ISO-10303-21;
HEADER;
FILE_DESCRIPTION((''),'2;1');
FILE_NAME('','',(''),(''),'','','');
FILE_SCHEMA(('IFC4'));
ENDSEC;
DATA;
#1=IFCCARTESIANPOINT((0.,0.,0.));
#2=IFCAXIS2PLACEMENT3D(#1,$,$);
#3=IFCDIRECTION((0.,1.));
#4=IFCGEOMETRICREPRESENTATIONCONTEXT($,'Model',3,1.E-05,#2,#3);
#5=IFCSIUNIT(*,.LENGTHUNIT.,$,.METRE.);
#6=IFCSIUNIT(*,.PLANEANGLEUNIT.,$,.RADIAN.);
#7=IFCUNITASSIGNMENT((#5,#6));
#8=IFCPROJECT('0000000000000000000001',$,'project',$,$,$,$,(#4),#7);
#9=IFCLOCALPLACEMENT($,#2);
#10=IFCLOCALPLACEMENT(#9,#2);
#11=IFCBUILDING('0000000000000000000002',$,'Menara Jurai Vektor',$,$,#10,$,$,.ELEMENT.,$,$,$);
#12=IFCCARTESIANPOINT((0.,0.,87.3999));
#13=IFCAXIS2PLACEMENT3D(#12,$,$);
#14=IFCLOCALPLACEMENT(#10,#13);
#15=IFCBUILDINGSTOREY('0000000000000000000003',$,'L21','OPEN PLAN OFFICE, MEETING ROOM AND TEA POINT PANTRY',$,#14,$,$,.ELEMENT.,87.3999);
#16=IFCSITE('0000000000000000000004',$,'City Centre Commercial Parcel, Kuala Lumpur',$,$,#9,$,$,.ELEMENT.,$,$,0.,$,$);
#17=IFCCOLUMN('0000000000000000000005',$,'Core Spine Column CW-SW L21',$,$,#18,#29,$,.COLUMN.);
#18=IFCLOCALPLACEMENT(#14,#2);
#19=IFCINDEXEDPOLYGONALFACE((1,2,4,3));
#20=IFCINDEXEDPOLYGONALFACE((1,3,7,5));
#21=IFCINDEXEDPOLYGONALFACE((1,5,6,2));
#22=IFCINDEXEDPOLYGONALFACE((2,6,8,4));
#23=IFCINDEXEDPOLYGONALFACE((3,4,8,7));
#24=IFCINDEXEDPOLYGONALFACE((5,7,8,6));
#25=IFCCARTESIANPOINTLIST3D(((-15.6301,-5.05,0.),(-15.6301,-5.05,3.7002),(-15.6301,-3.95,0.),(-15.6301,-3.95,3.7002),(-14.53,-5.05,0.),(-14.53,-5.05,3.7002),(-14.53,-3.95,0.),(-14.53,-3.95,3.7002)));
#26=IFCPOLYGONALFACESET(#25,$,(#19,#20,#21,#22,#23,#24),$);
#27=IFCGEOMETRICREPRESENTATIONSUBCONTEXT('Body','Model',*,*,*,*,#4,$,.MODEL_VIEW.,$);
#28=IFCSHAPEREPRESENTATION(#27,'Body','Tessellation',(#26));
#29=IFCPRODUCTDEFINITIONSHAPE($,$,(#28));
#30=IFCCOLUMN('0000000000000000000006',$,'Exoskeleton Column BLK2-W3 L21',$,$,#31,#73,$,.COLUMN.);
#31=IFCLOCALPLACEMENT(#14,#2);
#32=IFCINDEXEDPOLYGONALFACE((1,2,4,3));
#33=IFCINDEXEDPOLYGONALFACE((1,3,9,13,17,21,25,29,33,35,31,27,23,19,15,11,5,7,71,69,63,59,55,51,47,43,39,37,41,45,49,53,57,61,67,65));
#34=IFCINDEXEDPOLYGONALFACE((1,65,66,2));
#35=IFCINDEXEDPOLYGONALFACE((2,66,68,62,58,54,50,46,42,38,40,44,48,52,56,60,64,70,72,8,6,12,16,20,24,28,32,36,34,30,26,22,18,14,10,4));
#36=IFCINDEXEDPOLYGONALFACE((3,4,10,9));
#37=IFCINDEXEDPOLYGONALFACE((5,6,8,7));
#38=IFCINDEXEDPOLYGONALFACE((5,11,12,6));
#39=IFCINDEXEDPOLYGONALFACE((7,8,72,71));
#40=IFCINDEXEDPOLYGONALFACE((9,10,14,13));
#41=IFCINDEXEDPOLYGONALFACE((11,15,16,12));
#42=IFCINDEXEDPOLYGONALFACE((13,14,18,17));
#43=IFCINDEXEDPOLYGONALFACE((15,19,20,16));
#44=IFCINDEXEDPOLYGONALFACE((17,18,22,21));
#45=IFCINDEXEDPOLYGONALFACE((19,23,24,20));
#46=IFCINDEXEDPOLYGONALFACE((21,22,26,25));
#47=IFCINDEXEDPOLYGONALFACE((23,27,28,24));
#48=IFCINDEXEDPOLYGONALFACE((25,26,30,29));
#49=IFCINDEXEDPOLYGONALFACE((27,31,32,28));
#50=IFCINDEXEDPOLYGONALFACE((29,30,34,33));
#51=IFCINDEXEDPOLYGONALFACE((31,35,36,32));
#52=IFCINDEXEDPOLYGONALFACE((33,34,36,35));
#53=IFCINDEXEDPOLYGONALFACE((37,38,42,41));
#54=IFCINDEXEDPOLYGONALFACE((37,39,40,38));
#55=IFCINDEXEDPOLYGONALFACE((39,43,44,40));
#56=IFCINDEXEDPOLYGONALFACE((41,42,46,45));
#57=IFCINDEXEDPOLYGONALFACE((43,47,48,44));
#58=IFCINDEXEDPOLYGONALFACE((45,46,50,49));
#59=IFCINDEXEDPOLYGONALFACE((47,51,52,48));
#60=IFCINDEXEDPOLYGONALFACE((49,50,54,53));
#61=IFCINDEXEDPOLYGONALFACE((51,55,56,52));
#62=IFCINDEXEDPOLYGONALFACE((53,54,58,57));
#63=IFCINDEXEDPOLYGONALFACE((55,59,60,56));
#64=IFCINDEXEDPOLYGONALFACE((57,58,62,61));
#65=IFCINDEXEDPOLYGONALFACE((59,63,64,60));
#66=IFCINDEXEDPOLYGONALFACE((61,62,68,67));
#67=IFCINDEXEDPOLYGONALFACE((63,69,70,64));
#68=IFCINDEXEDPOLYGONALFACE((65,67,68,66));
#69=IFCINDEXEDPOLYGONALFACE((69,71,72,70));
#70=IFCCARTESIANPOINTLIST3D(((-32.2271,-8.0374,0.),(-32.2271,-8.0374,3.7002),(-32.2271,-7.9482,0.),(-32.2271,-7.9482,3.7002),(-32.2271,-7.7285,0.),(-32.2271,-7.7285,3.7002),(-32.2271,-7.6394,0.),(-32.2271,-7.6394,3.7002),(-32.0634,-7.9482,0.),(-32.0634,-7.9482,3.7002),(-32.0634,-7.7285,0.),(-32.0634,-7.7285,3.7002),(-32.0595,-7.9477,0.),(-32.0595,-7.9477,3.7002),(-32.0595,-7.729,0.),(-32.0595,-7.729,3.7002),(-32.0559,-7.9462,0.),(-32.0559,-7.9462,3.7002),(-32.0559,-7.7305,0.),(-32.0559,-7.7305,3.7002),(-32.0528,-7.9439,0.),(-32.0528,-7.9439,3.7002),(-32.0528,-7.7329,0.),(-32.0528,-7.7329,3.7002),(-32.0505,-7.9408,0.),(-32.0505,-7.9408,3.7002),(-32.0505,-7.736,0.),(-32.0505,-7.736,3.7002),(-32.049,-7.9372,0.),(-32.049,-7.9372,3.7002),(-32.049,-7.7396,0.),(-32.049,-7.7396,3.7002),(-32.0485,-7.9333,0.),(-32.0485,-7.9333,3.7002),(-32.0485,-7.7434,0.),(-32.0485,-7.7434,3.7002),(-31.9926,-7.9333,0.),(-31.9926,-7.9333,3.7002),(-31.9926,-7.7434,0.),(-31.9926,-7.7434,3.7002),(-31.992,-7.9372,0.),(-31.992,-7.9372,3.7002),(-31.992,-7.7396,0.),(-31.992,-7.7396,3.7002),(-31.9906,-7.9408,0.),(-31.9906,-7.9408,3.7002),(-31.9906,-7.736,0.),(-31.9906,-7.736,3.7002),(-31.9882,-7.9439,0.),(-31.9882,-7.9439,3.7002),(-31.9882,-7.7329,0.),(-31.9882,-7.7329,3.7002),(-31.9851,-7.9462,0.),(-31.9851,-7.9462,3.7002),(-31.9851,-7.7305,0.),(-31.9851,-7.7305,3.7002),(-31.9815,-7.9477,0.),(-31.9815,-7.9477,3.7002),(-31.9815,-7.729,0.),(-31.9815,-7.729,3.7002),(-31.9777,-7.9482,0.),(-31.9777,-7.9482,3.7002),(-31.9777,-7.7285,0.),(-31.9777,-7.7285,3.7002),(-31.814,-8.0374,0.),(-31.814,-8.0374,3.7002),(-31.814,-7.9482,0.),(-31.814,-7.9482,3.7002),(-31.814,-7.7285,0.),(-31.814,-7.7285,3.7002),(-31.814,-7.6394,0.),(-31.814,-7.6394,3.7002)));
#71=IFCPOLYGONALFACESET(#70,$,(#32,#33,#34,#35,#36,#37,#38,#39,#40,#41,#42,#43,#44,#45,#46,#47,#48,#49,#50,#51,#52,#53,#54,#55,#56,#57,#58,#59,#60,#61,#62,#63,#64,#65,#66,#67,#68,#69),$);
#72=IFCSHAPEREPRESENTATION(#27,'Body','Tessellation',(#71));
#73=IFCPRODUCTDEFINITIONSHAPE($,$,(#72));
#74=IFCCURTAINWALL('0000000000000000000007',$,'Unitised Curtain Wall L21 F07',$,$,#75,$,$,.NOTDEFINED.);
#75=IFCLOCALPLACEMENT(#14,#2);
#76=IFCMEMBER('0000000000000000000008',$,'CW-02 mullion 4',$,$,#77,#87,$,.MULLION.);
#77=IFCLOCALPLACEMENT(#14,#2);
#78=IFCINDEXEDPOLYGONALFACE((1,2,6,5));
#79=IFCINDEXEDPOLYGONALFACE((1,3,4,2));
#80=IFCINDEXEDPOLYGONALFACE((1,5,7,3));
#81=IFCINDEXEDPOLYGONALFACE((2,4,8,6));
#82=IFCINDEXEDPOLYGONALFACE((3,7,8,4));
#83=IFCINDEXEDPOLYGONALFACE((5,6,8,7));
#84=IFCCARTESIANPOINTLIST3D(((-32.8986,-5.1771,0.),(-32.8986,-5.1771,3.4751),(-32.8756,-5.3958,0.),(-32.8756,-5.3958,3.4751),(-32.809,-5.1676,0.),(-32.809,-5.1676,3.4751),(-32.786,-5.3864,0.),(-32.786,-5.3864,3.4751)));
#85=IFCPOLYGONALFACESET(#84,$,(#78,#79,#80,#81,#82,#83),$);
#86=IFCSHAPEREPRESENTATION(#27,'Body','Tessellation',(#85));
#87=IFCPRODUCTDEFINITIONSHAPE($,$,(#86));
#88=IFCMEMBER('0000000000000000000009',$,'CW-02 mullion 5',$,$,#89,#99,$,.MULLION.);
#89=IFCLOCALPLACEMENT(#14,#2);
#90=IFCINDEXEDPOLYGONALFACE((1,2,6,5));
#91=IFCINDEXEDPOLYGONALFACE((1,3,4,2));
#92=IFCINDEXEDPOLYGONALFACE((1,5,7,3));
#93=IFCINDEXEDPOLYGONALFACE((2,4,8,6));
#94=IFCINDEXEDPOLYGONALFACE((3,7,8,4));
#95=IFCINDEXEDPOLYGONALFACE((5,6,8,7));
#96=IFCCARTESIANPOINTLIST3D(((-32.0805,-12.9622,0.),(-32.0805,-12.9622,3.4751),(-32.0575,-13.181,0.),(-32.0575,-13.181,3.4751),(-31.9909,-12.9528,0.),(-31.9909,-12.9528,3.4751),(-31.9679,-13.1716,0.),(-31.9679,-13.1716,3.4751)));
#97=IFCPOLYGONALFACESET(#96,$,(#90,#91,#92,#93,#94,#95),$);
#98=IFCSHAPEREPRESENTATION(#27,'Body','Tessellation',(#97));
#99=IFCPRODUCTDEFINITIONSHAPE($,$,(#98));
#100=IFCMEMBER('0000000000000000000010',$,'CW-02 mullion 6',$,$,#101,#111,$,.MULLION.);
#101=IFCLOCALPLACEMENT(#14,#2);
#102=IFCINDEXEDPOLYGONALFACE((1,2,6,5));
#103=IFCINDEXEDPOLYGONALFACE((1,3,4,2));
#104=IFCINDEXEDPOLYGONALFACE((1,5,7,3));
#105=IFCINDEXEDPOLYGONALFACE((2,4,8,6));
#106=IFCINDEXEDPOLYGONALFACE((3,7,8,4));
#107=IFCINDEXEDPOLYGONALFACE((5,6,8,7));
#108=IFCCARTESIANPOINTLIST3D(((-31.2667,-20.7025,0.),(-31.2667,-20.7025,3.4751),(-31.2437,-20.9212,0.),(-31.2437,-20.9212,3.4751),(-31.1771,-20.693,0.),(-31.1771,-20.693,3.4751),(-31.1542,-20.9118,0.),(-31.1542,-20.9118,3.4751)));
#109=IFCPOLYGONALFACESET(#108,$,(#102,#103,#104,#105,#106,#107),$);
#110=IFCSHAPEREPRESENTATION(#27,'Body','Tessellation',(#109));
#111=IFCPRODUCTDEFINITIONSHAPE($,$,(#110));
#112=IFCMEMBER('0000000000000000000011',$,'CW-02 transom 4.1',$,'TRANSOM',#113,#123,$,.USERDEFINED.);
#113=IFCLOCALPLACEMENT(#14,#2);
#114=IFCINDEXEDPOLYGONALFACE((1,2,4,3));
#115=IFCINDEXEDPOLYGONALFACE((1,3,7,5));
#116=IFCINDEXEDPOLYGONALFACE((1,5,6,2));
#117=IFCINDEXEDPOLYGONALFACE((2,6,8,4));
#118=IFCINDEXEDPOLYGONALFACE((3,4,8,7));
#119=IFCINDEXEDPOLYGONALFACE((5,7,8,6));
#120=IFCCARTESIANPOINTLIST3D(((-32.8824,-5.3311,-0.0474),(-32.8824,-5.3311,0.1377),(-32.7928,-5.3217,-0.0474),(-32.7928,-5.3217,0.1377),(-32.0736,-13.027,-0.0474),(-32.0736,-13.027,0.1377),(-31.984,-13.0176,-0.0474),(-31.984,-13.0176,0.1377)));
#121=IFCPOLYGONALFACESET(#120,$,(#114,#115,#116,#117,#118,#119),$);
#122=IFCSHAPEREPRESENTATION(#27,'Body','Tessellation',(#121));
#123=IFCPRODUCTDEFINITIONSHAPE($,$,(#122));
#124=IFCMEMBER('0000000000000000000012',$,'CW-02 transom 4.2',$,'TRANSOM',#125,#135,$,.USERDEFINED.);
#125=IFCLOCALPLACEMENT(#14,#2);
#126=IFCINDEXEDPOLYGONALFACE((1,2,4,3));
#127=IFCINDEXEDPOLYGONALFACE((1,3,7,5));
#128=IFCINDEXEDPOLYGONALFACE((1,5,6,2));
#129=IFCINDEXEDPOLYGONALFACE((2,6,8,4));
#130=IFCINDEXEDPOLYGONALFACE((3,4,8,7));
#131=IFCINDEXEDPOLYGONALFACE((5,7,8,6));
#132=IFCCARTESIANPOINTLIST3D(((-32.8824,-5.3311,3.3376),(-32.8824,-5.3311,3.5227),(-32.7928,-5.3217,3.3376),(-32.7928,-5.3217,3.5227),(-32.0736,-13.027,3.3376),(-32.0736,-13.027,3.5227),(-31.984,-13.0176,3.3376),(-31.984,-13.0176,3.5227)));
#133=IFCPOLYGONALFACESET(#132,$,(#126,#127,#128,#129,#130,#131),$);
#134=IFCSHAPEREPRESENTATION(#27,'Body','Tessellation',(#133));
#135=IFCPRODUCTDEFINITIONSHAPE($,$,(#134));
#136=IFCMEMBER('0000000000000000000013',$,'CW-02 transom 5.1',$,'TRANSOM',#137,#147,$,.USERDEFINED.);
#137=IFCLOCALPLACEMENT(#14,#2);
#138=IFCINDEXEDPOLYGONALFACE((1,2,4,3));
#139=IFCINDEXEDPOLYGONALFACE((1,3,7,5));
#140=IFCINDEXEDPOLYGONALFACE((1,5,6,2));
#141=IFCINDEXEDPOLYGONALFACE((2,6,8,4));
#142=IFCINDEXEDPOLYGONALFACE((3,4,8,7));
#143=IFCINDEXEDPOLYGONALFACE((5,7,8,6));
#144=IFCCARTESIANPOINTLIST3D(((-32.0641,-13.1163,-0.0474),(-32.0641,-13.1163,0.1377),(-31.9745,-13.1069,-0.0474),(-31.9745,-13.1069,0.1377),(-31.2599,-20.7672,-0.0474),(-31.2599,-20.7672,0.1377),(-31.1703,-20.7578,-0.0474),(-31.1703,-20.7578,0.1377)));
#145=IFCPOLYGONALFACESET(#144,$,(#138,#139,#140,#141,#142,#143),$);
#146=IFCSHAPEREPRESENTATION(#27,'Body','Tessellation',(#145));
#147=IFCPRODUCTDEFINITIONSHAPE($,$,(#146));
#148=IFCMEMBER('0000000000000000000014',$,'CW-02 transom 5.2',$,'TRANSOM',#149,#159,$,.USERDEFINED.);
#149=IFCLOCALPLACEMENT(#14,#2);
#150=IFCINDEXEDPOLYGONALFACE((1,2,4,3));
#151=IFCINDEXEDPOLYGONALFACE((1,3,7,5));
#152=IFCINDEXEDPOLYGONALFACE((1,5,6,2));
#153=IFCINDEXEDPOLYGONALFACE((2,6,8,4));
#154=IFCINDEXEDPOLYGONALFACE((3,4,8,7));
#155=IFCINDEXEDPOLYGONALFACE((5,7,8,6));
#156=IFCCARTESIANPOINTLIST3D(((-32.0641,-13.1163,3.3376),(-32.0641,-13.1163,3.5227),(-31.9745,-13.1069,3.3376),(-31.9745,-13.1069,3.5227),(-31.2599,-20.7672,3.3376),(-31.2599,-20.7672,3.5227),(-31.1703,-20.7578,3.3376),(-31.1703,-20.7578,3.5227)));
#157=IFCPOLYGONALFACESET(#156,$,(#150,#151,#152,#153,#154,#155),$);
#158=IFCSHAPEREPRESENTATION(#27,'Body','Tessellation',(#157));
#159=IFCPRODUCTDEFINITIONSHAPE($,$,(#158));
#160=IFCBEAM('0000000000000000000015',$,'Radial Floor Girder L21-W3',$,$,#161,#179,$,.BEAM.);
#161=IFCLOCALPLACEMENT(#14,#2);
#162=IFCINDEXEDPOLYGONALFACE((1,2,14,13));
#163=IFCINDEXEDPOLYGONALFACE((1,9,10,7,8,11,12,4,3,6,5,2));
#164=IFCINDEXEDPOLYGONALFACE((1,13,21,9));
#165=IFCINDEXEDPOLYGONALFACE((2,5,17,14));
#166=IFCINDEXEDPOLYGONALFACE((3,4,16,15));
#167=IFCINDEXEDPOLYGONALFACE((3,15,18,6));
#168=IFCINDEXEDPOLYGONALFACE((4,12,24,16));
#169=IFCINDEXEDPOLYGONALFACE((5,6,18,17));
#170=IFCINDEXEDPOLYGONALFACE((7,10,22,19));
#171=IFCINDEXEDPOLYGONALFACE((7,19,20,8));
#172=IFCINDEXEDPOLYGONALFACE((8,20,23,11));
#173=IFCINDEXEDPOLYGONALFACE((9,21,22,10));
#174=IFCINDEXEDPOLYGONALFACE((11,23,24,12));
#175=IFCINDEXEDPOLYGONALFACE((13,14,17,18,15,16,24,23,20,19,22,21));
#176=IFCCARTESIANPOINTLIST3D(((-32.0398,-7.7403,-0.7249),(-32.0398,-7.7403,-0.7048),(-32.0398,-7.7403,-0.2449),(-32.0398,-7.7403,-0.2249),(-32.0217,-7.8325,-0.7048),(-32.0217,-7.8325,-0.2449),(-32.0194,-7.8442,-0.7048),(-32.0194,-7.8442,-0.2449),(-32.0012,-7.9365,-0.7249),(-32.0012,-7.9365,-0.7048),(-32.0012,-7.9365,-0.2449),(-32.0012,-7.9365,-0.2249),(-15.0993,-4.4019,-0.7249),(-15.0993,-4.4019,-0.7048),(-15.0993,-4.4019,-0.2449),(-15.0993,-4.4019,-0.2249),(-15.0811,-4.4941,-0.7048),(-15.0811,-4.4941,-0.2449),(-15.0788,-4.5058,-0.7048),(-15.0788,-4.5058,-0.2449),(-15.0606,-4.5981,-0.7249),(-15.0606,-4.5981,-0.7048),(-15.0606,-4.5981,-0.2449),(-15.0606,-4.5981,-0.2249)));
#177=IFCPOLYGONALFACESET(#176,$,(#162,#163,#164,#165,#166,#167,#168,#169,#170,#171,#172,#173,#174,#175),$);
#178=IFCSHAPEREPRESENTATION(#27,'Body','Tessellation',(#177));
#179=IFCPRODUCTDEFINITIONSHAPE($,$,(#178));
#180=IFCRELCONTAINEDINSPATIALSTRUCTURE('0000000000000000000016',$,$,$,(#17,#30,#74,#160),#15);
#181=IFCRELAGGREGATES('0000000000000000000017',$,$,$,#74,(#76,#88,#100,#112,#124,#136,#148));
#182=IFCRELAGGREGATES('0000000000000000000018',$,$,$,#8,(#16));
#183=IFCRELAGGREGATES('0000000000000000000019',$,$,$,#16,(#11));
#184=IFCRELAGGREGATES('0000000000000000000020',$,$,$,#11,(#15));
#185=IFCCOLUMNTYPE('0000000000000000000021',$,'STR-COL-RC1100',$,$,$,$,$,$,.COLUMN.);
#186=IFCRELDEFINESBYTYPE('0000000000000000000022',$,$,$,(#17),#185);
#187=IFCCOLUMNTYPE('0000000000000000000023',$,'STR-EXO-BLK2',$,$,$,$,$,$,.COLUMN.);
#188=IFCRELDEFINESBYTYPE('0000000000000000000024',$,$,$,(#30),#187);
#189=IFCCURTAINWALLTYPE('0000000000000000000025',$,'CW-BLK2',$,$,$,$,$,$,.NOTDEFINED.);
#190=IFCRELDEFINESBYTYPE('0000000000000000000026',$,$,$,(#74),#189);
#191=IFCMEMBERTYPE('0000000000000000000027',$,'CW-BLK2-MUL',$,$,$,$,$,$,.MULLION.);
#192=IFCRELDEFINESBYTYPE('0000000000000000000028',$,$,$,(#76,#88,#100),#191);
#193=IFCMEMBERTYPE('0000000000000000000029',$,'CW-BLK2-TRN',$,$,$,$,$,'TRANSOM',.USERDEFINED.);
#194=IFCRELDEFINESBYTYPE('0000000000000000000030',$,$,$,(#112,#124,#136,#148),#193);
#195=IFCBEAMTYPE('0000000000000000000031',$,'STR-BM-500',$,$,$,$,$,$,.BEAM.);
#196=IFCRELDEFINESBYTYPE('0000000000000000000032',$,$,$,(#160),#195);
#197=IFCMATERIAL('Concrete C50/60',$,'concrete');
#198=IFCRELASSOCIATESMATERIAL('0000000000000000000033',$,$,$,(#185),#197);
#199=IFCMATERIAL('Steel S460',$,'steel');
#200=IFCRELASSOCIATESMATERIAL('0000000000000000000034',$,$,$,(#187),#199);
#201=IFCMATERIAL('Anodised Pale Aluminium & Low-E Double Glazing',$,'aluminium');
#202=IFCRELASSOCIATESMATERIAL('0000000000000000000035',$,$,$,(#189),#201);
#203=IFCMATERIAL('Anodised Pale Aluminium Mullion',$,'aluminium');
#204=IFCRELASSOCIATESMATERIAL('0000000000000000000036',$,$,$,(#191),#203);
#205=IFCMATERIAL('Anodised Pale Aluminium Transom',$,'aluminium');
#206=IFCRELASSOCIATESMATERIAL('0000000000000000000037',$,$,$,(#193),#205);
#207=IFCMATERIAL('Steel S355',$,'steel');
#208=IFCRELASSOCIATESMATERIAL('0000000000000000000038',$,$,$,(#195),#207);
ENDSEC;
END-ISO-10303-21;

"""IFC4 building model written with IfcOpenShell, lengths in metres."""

from ifc_helpers import new_model, si_unit, direction, frame, origin, origin_2d, place, context, subcontext, project, spatial, rectangle, i_section, extrude, material, material_profile, profile_set, type_object, element, aggregate, save


model = new_model("IFC4")

# Units and contexts
model_context = context("Model", 3, precision=1e-05, world=origin(), true_north=direction((0.0, 1.0)))
body_context = subcontext(model_context, "Body", "Model", "MODEL_VIEW")
ifc_project = project(units=[si_unit("LENGTHUNIT", "METRE"), si_unit("PLANEANGLEUNIT", "RADIAN")], contexts=[model_context])

# Site, building, storey
site_placement = place(None, origin())
site = spatial("IfcSite", under=ifc_project, at=site_placement, Name="City Centre Commercial Parcel, Kuala Lumpur", CompositionType="ELEMENT", RefElevation=0.0)
building_placement = place(site_placement, origin())
building = spatial("IfcBuilding", under=site, at=building_placement, Name="Menara Jurai Vektor", CompositionType="ELEMENT")
storey_placement = place(building_placement, frame((0.0, 0.0, 87.3999)))
storey = spatial("IfcBuildingStorey", under=building, at=storey_placement, Name="L21", Description="OPEN PLAN OFFICE, MEETING ROOM AND TEA POINT PANTRY", CompositionType="ELEMENT", Elevation=87.3999)

# Columns
ifc_material_1 = material(Name="Concrete C50/60", Category="concrete")
ifc_material_profile_1 = material_profile(ifc_material_1, rectangle(XDim=1.1001, YDim=1.1001, at=origin_2d()), Name="RC 1100x1100")
ifc_profile_set_1 = profile_set([ifc_material_profile_1], Name="Concrete C50/60")
column_type_1 = type_object("IfcColumnType", Name="STR-COL-RC1100", PredefinedType="COLUMN", material=ifc_profile_set_1)
column_1_placement = place(storey_placement, frame((-15.0801, -4.5, 0.0), z_axis=(0.0, 0.0, 1.0), x_axis=(1.0, 0.0, 0.0)))
element("IfcColumn", 1, at=column_1_placement, inside=storey, type_object=column_type_1, Name="Core Spine Column CW-SW L21", PredefinedType="COLUMN", context=body_context, shape_type="SweptSolid", body=[
    extrude(rectangle(XDim=1.1001, YDim=1.1001, at=origin_2d()), origin(), (0.0, 0.0, 1.0), 3.7002),
])
ifc_material_2 = material(Name="Steel S460", Category="steel")
ifc_material_profile_2 = material_profile(ifc_material_2, i_section(OverallWidth=0.4131, OverallDepth=0.3979, WebThickness=0.0559, FlangeThickness=0.0891, FilletRadius=0.0149, at=origin_2d()), Name="HD 400x744")
ifc_profile_set_2 = profile_set([ifc_material_profile_2], Name="Steel S460")
column_type_2 = type_object("IfcColumnType", Name="STR-EXO-BLK2", PredefinedType="COLUMN", material=ifc_profile_set_2)
column_2_placement = place(storey_placement, frame((-32.0205, -7.8384, 0.0), z_axis=(0.0, 0.0, 1.0), x_axis=(1.0, 0.0, 0.0)))
element("IfcColumn", 2, at=column_2_placement, inside=storey, type_object=column_type_2, Name="Exoskeleton Column BLK2-W3 L21", PredefinedType="COLUMN", context=body_context, shape_type="SweptSolid", body=[
    extrude(i_section(OverallWidth=0.4131, OverallDepth=0.3979, WebThickness=0.0559, FlangeThickness=0.0891, FilletRadius=0.0149, at=origin_2d()), origin(), (0.0, 0.0, 1.0), 3.7002),
])

# Curtain wall, members
ifc_material_3 = material(Name="Anodised Pale Aluminium & Low-E Double Glazing", Category="aluminium")
curtain_wall_type = type_object("IfcCurtainWallType", Name="CW-BLK2", PredefinedType="NOTDEFINED", material=ifc_material_3)
curtain_wall_placement = place(storey_placement, origin())
curtain_wall = element("IfcCurtainWall", 3, at=curtain_wall_placement, inside=storey, type_object=curtain_wall_type, Name="Unitised Curtain Wall L21 F07", PredefinedType="NOTDEFINED")
ifc_material_4 = material(Name="Anodised Pale Aluminium Mullion", Category="aluminium")
ifc_material_profile_3 = material_profile(ifc_material_4, rectangle(XDim=0.0901, YDim=0.22, at=origin_2d()), Name="ALU MUL 90x220")
ifc_profile_set_3 = profile_set([ifc_material_profile_3], Name="Anodised Pale Aluminium Mullion")
member_type_1 = type_object("IfcMemberType", Name="CW-BLK2-MUL", PredefinedType="MULLION", material=ifc_profile_set_3)
member_1_placement = place(storey_placement, frame((-32.8423, -5.2817, 0.0), z_axis=(0.0, 0.0, 1.0), x_axis=(0.994522, 0.10453, 0.0)))
member_1 = element("IfcMember", 4, at=member_1_placement, type_object=member_type_1, Name="CW-02 mullion 4", PredefinedType="MULLION", context=body_context, shape_type="SweptSolid", body=[
    extrude(rectangle(XDim=0.0901, YDim=0.22, at=origin_2d()), origin(), (0.0, 0.0, 1.0), 3.4751),
])
member_2_placement = place(storey_placement, frame((-32.0242, -13.0669, 0.0), z_axis=(0.0, 0.0, 1.0), x_axis=(0.994522, 0.10453, 0.0)))
member_2 = element("IfcMember", 5, at=member_2_placement, type_object=member_type_1, Name="CW-02 mullion 5", PredefinedType="MULLION", context=body_context, shape_type="SweptSolid", body=[
    extrude(rectangle(XDim=0.0901, YDim=0.22, at=origin_2d()), origin(), (0.0, 0.0, 1.0), 3.4751),
])
member_3_placement = place(storey_placement, frame((-31.2104, -20.8071, 0.0), z_axis=(0.0, 0.0, 1.0), x_axis=(0.994522, 0.10453, 0.0)))
member_3 = element("IfcMember", 6, at=member_3_placement, type_object=member_type_1, Name="CW-02 mullion 6", PredefinedType="MULLION", context=body_context, shape_type="SweptSolid", body=[
    extrude(rectangle(XDim=0.0901, YDim=0.22, at=origin_2d()), origin(), (0.0, 0.0, 1.0), 3.4751),
])
ifc_material_5 = material(Name="Anodised Pale Aluminium Transom", Category="aluminium")
ifc_material_profile_4 = material_profile(ifc_material_5, rectangle(XDim=0.0901, YDim=0.1851, at=origin_2d()), Name="ALU TRN 90x185")
ifc_profile_set_4 = profile_set([ifc_material_profile_4], Name="Anodised Pale Aluminium Transom")
member_type_2 = type_object("IfcMemberType", Name="CW-BLK2-TRN", ElementType="TRANSOM", PredefinedType="USERDEFINED", material=ifc_profile_set_4)
member_4_placement = place(storey_placement, frame((-32.8376, -5.3264, 0.0452), z_axis=(0.104525, -0.994522, 0.0), x_axis=(0.994522, 0.104525, 0.0)))
member_4 = element("IfcMember", 7, at=member_4_placement, type_object=member_type_2, Name="CW-02 transom 4.1", ObjectType="TRANSOM", PredefinedType="USERDEFINED", context=body_context, shape_type="SweptSolid", body=[
    extrude(rectangle(XDim=0.0901, YDim=0.1851, at=origin_2d()), origin(), (0.0, 0.0, 1.0), 7.7383),
])
member_5_placement = place(storey_placement, frame((-32.8376, -5.3264, 3.4302), z_axis=(0.104525, -0.994522, 0.0), x_axis=(0.994522, 0.104525, 0.0)))
member_5 = element("IfcMember", 8, at=member_5_placement, type_object=member_type_2, Name="CW-02 transom 4.2", ObjectType="TRANSOM", PredefinedType="USERDEFINED", context=body_context, shape_type="SweptSolid", body=[
    extrude(rectangle(XDim=0.0901, YDim=0.1851, at=origin_2d()), origin(), (0.0, 0.0, 1.0), 7.7383),
])
member_6_placement = place(storey_placement, frame((-32.0193, -13.1116, 0.0452), z_axis=(0.104536, -0.994521, 0.0), x_axis=(0.994521, 0.104536, 0.0)))
member_6 = element("IfcMember", 9, at=member_6_placement, type_object=member_type_2, Name="CW-02 transom 5.1", ObjectType="TRANSOM", PredefinedType="USERDEFINED", context=body_context, shape_type="SweptSolid", body=[
    extrude(rectangle(XDim=0.0901, YDim=0.1851, at=origin_2d()), origin(), (0.0, 0.0, 1.0), 7.6931),
])
member_7_placement = place(storey_placement, frame((-32.0193, -13.1116, 3.4302), z_axis=(0.104536, -0.994521, 0.0), x_axis=(0.994521, 0.104536, 0.0)))
member_7 = element("IfcMember", 10, at=member_7_placement, type_object=member_type_2, Name="CW-02 transom 5.2", ObjectType="TRANSOM", PredefinedType="USERDEFINED", context=body_context, shape_type="SweptSolid", body=[
    extrude(rectangle(XDim=0.0901, YDim=0.1851, at=origin_2d()), origin(), (0.0, 0.0, 1.0), 7.6931),
])

# Beam
ifc_material_6 = material(Name="Steel S355", Category="steel")
ifc_material_profile_5 = material_profile(ifc_material_6, i_section(OverallWidth=0.2, OverallDepth=0.5, WebThickness=0.012, FlangeThickness=0.02, at=origin_2d()), Name="PG 500x200x96")
ifc_profile_set_5 = profile_set([ifc_material_profile_5], Name="Steel S355")
beam_type_1 = type_object("IfcBeamType", Name="STR-BM-500", PredefinedType="BEAM", material=ifc_profile_set_5)
beam_1_placement = place(storey_placement, frame((-32.0205, -7.8384, -0.4749), z_axis=(0.98113, 0.193347, 0.0), x_axis=(-0.193347, 0.98113, 0.0)))
element("IfcBeam", 11, at=beam_1_placement, inside=storey, type_object=beam_type_1, Name="Radial Floor Girder L21-W3", PredefinedType="BEAM", context=body_context, shape_type="SweptSolid", body=[
    extrude(i_section(OverallWidth=0.2, OverallDepth=0.5, WebThickness=0.012, FlangeThickness=0.02, at=origin_2d()), origin(), (0.0, 0.0, 1.0), 17.2664),
])

aggregate(curtain_wall, [member_1, member_2, member_3, member_4, member_5, member_6, member_7])

save(model, "model.ifc")
